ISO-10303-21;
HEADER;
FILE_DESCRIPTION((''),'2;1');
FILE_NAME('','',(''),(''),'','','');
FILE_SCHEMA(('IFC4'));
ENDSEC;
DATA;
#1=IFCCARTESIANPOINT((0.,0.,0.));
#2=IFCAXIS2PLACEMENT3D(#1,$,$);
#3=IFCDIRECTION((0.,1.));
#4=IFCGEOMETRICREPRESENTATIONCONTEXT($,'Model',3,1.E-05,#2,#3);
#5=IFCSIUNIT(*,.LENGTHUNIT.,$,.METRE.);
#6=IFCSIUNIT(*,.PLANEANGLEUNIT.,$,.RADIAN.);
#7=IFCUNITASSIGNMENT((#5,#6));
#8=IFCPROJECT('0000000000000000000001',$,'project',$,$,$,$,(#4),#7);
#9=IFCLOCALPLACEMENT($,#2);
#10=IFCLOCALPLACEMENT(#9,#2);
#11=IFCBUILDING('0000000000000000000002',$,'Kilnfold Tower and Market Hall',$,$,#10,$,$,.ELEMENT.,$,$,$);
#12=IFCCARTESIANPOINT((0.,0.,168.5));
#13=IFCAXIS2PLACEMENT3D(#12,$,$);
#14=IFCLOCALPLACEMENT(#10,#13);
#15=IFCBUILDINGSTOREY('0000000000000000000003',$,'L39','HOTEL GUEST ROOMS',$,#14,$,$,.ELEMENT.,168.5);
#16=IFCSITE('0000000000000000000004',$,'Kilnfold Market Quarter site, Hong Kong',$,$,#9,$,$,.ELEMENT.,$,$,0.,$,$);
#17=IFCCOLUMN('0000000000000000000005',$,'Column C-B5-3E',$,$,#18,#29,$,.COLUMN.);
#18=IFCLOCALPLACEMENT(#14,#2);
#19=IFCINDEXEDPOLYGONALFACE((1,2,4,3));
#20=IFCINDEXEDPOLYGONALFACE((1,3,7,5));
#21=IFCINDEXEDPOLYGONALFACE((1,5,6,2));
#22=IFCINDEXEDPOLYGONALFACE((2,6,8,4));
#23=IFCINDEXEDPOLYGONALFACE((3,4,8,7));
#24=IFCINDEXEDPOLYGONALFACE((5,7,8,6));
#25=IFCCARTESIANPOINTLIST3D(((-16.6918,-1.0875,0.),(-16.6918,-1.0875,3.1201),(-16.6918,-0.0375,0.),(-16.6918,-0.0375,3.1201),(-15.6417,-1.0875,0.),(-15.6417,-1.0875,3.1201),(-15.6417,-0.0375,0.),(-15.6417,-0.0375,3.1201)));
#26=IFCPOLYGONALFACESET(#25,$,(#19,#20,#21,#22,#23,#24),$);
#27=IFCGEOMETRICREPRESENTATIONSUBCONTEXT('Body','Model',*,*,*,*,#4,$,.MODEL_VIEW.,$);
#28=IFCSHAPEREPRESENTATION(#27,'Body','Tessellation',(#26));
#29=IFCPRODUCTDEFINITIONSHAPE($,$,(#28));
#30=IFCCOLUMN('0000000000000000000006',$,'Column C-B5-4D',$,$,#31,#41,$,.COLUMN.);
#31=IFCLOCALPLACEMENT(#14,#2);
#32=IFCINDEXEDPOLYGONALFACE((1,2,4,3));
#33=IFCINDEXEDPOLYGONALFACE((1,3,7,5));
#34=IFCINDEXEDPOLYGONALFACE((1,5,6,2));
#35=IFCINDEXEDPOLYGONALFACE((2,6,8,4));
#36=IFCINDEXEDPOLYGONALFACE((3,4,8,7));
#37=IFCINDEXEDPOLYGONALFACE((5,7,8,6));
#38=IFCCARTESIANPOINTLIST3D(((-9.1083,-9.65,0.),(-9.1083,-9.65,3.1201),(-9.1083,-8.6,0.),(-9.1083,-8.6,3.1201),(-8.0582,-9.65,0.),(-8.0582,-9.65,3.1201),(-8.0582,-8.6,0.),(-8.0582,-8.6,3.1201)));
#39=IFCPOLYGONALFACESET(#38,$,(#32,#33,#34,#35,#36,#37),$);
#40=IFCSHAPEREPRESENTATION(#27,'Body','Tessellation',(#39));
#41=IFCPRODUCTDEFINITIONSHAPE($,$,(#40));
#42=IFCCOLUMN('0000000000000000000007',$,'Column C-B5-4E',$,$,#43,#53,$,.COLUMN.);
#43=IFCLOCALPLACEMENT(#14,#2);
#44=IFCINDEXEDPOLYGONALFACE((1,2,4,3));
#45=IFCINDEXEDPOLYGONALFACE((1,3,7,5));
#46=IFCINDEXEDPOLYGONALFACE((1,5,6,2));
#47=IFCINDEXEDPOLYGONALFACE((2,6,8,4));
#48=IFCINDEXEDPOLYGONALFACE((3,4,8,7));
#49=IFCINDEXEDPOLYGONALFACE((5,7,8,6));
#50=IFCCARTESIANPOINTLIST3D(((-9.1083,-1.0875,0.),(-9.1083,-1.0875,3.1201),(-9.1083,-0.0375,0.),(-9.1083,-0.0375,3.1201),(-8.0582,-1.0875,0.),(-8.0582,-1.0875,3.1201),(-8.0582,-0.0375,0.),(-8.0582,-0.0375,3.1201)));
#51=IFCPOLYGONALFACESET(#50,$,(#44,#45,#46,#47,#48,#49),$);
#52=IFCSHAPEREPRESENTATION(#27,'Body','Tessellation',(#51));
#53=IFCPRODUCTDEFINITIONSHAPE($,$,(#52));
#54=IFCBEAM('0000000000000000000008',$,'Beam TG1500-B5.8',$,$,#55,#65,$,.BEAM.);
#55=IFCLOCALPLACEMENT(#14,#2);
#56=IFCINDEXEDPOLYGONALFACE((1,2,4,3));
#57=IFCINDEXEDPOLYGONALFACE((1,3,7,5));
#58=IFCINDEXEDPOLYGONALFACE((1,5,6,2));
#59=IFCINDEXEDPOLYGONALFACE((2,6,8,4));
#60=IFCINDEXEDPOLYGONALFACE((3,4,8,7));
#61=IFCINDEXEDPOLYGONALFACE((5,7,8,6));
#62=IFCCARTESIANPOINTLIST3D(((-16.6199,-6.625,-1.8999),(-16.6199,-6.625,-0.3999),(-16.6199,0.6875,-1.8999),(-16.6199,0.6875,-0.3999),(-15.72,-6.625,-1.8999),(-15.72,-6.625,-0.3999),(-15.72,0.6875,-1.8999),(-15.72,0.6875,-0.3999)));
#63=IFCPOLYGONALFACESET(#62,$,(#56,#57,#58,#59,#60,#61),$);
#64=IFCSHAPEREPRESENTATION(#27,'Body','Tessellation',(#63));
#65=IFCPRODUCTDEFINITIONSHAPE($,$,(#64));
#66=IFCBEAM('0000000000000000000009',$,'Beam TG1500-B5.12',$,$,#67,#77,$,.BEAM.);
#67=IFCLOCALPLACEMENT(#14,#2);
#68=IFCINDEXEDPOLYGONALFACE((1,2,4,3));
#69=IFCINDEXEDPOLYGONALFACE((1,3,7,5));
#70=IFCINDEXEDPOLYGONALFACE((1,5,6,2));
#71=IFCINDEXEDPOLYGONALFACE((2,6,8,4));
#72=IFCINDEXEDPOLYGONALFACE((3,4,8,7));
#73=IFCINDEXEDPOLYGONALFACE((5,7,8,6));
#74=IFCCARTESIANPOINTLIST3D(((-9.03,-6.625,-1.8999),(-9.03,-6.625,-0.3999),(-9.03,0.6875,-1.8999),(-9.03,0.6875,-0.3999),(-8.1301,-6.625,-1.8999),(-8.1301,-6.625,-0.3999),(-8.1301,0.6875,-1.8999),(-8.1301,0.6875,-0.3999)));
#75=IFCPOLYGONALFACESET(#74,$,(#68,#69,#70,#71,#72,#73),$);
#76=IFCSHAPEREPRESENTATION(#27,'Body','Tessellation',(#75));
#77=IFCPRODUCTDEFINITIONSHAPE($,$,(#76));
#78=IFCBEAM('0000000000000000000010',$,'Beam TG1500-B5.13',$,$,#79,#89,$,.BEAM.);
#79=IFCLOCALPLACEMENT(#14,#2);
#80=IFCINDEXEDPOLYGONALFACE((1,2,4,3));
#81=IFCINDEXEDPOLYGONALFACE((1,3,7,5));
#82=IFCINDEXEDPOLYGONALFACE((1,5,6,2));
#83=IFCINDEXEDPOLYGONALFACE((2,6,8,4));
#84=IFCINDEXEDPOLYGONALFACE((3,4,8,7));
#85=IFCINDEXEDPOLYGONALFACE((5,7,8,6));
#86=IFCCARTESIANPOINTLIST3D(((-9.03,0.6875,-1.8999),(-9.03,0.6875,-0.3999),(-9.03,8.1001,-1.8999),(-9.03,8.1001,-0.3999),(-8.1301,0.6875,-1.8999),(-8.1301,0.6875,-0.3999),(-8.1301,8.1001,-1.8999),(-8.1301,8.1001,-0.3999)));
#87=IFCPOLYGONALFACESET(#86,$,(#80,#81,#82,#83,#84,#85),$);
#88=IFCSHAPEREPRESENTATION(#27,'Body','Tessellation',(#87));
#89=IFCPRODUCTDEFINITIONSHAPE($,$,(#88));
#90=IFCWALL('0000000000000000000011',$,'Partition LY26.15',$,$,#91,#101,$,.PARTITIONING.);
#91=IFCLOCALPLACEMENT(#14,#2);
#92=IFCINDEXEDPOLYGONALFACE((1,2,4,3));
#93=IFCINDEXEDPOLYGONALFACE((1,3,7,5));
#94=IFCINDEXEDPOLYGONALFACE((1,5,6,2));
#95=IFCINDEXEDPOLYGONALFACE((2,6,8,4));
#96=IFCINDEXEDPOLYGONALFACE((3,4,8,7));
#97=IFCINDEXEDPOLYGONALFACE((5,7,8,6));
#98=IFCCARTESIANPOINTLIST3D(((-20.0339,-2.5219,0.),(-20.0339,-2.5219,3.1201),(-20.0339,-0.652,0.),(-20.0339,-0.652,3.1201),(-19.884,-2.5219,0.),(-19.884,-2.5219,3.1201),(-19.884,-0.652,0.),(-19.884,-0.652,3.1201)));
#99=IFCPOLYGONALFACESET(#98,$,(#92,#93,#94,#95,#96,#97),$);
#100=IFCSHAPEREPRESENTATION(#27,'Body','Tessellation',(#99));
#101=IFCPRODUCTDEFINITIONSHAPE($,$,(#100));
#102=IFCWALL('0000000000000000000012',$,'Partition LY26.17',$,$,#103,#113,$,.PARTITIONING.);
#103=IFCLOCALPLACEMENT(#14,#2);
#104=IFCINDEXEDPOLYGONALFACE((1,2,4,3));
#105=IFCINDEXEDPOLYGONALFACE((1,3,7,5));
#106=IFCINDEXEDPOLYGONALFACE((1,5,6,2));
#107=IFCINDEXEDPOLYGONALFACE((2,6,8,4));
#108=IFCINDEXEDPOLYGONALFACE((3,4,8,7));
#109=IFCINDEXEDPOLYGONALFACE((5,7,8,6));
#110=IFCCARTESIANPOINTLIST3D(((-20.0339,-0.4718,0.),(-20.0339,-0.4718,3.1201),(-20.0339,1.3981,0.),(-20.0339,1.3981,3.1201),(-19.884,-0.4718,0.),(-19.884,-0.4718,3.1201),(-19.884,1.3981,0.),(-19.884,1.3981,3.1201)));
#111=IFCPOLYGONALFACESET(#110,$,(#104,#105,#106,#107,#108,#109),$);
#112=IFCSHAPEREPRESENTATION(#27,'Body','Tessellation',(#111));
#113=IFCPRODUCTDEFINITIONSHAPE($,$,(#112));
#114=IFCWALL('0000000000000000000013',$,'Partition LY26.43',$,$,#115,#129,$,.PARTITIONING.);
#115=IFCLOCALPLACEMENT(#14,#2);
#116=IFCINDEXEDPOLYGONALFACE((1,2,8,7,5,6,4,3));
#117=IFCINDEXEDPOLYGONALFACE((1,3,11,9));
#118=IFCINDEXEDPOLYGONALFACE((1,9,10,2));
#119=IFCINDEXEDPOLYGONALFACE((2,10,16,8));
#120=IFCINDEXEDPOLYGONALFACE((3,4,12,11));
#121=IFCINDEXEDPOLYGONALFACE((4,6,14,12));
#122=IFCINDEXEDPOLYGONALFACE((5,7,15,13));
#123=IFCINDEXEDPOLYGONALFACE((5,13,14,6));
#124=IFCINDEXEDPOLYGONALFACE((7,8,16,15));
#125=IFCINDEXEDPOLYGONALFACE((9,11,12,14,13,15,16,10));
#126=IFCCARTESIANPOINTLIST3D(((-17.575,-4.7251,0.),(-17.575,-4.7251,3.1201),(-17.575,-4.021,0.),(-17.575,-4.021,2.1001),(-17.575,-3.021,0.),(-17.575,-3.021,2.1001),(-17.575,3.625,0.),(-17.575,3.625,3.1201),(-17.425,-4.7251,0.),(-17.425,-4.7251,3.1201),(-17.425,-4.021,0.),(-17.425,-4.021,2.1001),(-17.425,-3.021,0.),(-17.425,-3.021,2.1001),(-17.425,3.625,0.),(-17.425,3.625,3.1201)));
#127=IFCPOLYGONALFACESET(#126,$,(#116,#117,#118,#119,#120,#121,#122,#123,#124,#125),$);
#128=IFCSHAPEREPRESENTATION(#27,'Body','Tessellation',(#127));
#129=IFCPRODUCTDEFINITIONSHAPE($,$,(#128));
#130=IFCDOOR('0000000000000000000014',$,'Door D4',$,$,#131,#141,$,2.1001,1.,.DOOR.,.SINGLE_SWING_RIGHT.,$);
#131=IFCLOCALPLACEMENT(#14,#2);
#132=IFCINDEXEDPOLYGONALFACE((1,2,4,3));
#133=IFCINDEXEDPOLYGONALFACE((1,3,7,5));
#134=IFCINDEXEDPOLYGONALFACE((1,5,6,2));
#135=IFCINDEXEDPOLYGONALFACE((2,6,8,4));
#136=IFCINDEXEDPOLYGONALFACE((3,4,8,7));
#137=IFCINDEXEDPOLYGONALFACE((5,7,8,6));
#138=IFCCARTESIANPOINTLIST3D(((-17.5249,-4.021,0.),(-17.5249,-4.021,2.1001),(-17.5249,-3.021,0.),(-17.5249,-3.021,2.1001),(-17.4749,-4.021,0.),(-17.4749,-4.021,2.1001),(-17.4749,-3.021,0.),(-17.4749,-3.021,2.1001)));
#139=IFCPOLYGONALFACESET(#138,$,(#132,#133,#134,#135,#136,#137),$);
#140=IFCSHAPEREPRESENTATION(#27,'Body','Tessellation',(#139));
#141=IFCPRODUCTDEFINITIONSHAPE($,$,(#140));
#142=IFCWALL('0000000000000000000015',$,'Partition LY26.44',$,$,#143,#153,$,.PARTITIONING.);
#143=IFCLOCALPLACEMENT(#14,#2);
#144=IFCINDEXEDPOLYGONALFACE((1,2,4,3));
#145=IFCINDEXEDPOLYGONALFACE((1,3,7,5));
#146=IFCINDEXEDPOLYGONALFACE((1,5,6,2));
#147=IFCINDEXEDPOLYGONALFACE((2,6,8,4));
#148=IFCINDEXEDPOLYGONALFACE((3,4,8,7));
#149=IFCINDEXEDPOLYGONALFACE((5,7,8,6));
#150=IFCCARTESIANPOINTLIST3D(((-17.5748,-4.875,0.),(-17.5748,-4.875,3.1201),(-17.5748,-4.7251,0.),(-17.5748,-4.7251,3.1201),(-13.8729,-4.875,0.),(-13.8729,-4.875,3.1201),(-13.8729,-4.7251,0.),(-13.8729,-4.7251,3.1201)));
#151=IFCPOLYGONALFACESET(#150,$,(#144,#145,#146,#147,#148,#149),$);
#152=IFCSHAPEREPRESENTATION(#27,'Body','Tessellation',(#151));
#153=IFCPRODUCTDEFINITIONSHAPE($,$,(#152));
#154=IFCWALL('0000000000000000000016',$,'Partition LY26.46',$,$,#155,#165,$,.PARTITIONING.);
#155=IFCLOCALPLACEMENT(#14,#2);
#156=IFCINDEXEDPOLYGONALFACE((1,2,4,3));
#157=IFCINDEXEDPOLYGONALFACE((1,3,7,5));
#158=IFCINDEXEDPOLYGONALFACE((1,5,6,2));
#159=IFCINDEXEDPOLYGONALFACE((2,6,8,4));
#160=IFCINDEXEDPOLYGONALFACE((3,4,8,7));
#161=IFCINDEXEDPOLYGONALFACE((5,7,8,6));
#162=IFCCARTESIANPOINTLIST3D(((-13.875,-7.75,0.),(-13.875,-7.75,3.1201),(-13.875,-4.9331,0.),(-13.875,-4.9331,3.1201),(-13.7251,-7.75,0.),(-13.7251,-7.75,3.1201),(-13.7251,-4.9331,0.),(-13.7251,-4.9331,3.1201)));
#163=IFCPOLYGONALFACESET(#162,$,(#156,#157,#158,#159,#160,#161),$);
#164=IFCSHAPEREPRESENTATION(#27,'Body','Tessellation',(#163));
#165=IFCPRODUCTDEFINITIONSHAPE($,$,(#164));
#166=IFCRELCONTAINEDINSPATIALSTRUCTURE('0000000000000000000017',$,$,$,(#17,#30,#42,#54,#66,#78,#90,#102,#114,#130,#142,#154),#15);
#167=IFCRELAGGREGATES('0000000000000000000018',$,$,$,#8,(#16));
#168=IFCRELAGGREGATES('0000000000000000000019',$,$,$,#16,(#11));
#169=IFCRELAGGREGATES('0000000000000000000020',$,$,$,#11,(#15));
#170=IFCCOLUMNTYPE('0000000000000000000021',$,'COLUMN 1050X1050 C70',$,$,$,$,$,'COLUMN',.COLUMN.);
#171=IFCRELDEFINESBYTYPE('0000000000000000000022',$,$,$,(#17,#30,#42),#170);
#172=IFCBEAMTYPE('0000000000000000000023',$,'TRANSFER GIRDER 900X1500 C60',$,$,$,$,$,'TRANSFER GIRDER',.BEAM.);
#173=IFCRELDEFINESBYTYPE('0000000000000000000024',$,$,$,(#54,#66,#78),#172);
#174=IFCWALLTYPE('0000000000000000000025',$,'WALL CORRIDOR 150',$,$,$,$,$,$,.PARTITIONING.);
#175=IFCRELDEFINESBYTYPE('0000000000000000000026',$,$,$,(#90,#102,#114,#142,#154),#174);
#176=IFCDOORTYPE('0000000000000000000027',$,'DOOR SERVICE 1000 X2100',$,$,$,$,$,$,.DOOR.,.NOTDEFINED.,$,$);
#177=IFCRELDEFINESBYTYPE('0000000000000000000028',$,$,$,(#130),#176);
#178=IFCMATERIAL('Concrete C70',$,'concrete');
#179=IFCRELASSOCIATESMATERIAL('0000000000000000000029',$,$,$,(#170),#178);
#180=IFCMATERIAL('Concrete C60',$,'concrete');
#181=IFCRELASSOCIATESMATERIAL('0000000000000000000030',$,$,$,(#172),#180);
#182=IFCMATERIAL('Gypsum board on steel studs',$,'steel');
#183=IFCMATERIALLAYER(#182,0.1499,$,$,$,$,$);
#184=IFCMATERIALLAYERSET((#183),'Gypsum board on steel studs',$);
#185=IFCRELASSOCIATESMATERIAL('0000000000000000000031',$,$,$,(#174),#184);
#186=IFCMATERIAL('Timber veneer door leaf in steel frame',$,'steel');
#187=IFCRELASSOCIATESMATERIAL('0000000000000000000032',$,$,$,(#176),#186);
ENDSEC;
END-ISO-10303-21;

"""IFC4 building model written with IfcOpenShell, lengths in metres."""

from ifc_helpers import new_model, si_unit, direction, frame, frame_2d, origin, origin_2d, place, context, subcontext, project, spatial, rectangle, extrude, source, transform, mapped, material, layer, layer_set, material_profile, profile_set, type_object, element, fill, save


model = new_model("IFC4")

# Units and contexts
model_context = context("Model", 3, precision=1e-05, world=origin(), true_north=direction((0.0, 1.0)))
body_context = subcontext(model_context, "Body", "Model", "MODEL_VIEW")
ifc_project = project(units=[si_unit("LENGTHUNIT", "METRE"), si_unit("PLANEANGLEUNIT", "RADIAN")], contexts=[model_context])

# Site, building, storey
site_placement = place(None, origin())
site = spatial("IfcSite", under=ifc_project, at=site_placement, Name="Kilnfold Market Quarter site, Hong Kong", CompositionType="ELEMENT", RefElevation=0.0)
building_placement = place(site_placement, origin())
building = spatial("IfcBuilding", under=site, at=building_placement, Name="Kilnfold Tower and Market Hall", CompositionType="ELEMENT")
storey_placement = place(building_placement, frame((0.0, 0.0, 168.5)))
storey = spatial("IfcBuildingStorey", under=building, at=storey_placement, Name="L39", Description="HOTEL GUEST ROOMS", CompositionType="ELEMENT", Elevation=168.5)

# Columns
ifc_material_1 = material(Name="Concrete C70", Category="concrete")
ifc_material_profile_1 = material_profile(ifc_material_1, rectangle(XDim=1.05, YDim=1.05, at=origin_2d()), Name="RC 1050x1050")
ifc_profile_set_1 = profile_set([ifc_material_profile_1], Name="Concrete C70")
column_type = type_object("IfcColumnType", Name="COLUMN 1050X1050 C70", ElementType="COLUMN", PredefinedType="COLUMN", material=ifc_profile_set_1)
shared_shape_1 = source(origin(), body_context, "Body", "SweptSolid", [
    extrude(rectangle(XDim=1.05, YDim=1.05, at=origin_2d()), origin(), (0.0, 0.0, 1.0), 3.1201),
])
for number, where, z_axis, x_axis, name in (
    (1, (-16.1667, -0.5625, 0.0), (0.0, 0.0, 1.0), (1.0, 0.0, 0.0), "Column C-B5-3E"),
    (2, (-8.5833, -9.125, 0.0), (0.0, 0.0, 1.0), (1.0, 0.0, 0.0), "Column C-B5-4D"),
    (3, (-8.5833, -0.5625, 0.0), (0.0, 0.0, 1.0), (1.0, 0.0, 0.0), "Column C-B5-4E"),
):
    element("IfcColumn", number, at=place(storey_placement, frame(where, z_axis=z_axis, x_axis=x_axis)), inside=storey, type_object=column_type, Name=name, PredefinedType="COLUMN", context=body_context, shape_type="MappedRepresentation", body=[
        mapped(shared_shape_1, transform((0.0, 0.0, 0.0))),
    ])

# Beams
ifc_material_2 = material(Name="Concrete C60", Category="concrete")
ifc_material_profile_2 = material_profile(ifc_material_2, rectangle(XDim=0.8999, YDim=1.5, at=origin_2d()), Name="RC 900x1500")
ifc_profile_set_2 = profile_set([ifc_material_profile_2], Name="Concrete C60")
beam_type = type_object("IfcBeamType", Name="TRANSFER GIRDER 900X1500 C60", ElementType="TRANSFER GIRDER", PredefinedType="BEAM", material=ifc_profile_set_2)
shared_shape_2 = source(origin(), body_context, "Body", "SweptSolid", [
    extrude(rectangle(XDim=0.8999, YDim=1.5, at=origin_2d()), origin(), (0.0, 0.0, 1.0), 7.3125),
])
for number, where, z_axis, x_axis, name in (
    (4, (-16.1699, -6.625, -1.1499), (0.0, 1.0, 0.0), (-1.0, 0.0, 0.0), "Beam TG1500-B5.8"),
    (5, (-8.5801, -6.625, -1.1499), (0.0, 1.0, 0.0), (-1.0, 0.0, 0.0), "Beam TG1500-B5.12"),
):
    element("IfcBeam", number, at=place(storey_placement, frame(where, z_axis=z_axis, x_axis=x_axis)), inside=storey, type_object=beam_type, Name=name, PredefinedType="BEAM", context=body_context, shape_type="MappedRepresentation", body=[
        mapped(shared_shape_2, transform((0.0, 0.0, 0.0))),
    ])
shared_shape_3 = source(origin(), body_context, "Body", "SweptSolid", [
    extrude(rectangle(XDim=0.8999, YDim=1.5, at=origin_2d()), origin(), (0.0, 0.0, 1.0), 7.4126),
])
beam_placement = place(storey_placement, frame((-8.5801, 0.6875, -1.1499), z_axis=(0.0, 1.0, 0.0), x_axis=(-1.0, 0.0, 0.0)))
element("IfcBeam", 6, at=beam_placement, inside=storey, type_object=beam_type, Name="Beam TG1500-B5.13", PredefinedType="BEAM", context=body_context, shape_type="MappedRepresentation", body=[
    mapped(shared_shape_3, transform((0.0, 0.0, 0.0))),
])

# Walls
ifc_material_3 = material(Name="Gypsum board on steel studs", Category="steel")
ifc_layer_1 = layer(ifc_material_3, 0.1499)
ifc_layer_set_1 = layer_set([ifc_layer_1], Name="Gypsum board on steel studs")
wall_type_1 = type_object("IfcWallType", Name="WALL CORRIDOR 150", PredefinedType="PARTITIONING", material=ifc_layer_set_1)
for number, where, z_axis, x_axis, name in (
    (7, (-19.959, -2.522, 0.0), (0.0, 0.0, 1.0), (0.0, 1.0, 0.0), "Partition LY26.15"),
    (8, (-19.959, -0.4719, 0.0), (0.0, 0.0, 1.0), (0.0, 1.0, 0.0), "Partition LY26.17"),
):
    element("IfcWall", number, at=place(storey_placement, frame(where, z_axis=z_axis, x_axis=x_axis)), inside=storey, type_object=wall_type_1, Name=name, PredefinedType="PARTITIONING", context=body_context, shape_type="SweptSolid", body=[
        extrude(rectangle(XDim=1.8699, YDim=0.1499, at=frame_2d((0.9351, 0.0))), origin(), (0.0, 0.0, 1.0), 3.1201),
    ])

# Wall, opening, door
wall_1_placement = place(storey_placement, frame((-17.5, -4.7251, 0.0), z_axis=(0.0, 0.0, 1.0), x_axis=(0.0, 1.0, 0.0)))
wall_1 = element("IfcWall", 9, at=wall_1_placement, inside=storey, type_object=wall_type_1, Name="Partition LY26.43", PredefinedType="PARTITIONING", context=body_context, shape_type="SweptSolid", body=[
    extrude(rectangle(XDim=8.3501, YDim=0.1499, at=frame_2d((4.175, 0.0))), origin(), (0.0, 0.0, 1.0), 3.1201),
])
opening_1_placement = place(wall_1_placement, frame((0.7041, 0.0, 0.0)))
opening_1 = element("IfcOpeningElement", 10, at=opening_1_placement, cuts=wall_1, PredefinedType="OPENING", context=body_context, shape_type="SweptSolid", body=[
    extrude(rectangle(XDim=1.0, YDim=2.1001, at=frame_2d((0.5, 1.05))), frame((0.0, 0.085, 0.0), z_axis=(0.0, -1.0, 0.0), x_axis=(1.0, 0.0, 0.0)), (0.0, 0.0, 1.0), 0.1699),
])
ifc_material_4 = material(Name="Timber veneer door leaf in steel frame", Category="steel")
door_type_1 = type_object("IfcDoorType", Name="DOOR SERVICE 1000 X2100", OperationType="NOTDEFINED", PredefinedType="DOOR", material=ifc_material_4)
door_1_placement = place(opening_1_placement, origin())
door_1 = element("IfcDoor", 11, at=door_1_placement, inside=storey, type_object=door_type_1, Name="Door D4", OperationType="SINGLE_SWING_RIGHT", OverallHeight=2.1001, OverallWidth=1.0, PredefinedType="DOOR", context=body_context, shape_type="SweptSolid", body=[
    extrude(rectangle(XDim=1.0, YDim=2.1001, at=frame_2d((0.5, 1.05))), frame((0.0, 0.0249, 0.0), z_axis=(0.0, -1.0, 0.0), x_axis=(1.0, 0.0, 0.0)), (0.0, 0.0, 1.0), 0.05),
])
fill(opening_1, door_1)

# Walls
wall_2_placement = place(storey_placement, frame((-17.575, -4.8, 0.0), z_axis=(0.0, 0.0, 1.0), x_axis=(1.0, 0.0, 0.0)))
element("IfcWall", 12, at=wall_2_placement, inside=storey, type_object=wall_type_1, Name="Partition LY26.44", PredefinedType="PARTITIONING", context=body_context, shape_type="SweptSolid", body=[
    extrude(rectangle(XDim=3.7019, YDim=0.1499, at=frame_2d((1.8511, 0.0))), origin(), (0.0, 0.0, 1.0), 3.1201),
])
wall_3_placement = place(storey_placement, frame((-13.8, -7.75, 0.0), z_axis=(0.0, 0.0, 1.0), x_axis=(0.0, 1.0, 0.0)))
element("IfcWall", 13, at=wall_3_placement, inside=storey, type_object=wall_type_1, Name="Partition LY26.46", PredefinedType="PARTITIONING", context=body_context, shape_type="SweptSolid", body=[
    extrude(rectangle(XDim=2.8169, YDim=0.1499, at=frame_2d((1.4084, 0.0))), origin(), (0.0, 0.0, 1.0), 3.1201),
])

save(model, "model.ifc")
